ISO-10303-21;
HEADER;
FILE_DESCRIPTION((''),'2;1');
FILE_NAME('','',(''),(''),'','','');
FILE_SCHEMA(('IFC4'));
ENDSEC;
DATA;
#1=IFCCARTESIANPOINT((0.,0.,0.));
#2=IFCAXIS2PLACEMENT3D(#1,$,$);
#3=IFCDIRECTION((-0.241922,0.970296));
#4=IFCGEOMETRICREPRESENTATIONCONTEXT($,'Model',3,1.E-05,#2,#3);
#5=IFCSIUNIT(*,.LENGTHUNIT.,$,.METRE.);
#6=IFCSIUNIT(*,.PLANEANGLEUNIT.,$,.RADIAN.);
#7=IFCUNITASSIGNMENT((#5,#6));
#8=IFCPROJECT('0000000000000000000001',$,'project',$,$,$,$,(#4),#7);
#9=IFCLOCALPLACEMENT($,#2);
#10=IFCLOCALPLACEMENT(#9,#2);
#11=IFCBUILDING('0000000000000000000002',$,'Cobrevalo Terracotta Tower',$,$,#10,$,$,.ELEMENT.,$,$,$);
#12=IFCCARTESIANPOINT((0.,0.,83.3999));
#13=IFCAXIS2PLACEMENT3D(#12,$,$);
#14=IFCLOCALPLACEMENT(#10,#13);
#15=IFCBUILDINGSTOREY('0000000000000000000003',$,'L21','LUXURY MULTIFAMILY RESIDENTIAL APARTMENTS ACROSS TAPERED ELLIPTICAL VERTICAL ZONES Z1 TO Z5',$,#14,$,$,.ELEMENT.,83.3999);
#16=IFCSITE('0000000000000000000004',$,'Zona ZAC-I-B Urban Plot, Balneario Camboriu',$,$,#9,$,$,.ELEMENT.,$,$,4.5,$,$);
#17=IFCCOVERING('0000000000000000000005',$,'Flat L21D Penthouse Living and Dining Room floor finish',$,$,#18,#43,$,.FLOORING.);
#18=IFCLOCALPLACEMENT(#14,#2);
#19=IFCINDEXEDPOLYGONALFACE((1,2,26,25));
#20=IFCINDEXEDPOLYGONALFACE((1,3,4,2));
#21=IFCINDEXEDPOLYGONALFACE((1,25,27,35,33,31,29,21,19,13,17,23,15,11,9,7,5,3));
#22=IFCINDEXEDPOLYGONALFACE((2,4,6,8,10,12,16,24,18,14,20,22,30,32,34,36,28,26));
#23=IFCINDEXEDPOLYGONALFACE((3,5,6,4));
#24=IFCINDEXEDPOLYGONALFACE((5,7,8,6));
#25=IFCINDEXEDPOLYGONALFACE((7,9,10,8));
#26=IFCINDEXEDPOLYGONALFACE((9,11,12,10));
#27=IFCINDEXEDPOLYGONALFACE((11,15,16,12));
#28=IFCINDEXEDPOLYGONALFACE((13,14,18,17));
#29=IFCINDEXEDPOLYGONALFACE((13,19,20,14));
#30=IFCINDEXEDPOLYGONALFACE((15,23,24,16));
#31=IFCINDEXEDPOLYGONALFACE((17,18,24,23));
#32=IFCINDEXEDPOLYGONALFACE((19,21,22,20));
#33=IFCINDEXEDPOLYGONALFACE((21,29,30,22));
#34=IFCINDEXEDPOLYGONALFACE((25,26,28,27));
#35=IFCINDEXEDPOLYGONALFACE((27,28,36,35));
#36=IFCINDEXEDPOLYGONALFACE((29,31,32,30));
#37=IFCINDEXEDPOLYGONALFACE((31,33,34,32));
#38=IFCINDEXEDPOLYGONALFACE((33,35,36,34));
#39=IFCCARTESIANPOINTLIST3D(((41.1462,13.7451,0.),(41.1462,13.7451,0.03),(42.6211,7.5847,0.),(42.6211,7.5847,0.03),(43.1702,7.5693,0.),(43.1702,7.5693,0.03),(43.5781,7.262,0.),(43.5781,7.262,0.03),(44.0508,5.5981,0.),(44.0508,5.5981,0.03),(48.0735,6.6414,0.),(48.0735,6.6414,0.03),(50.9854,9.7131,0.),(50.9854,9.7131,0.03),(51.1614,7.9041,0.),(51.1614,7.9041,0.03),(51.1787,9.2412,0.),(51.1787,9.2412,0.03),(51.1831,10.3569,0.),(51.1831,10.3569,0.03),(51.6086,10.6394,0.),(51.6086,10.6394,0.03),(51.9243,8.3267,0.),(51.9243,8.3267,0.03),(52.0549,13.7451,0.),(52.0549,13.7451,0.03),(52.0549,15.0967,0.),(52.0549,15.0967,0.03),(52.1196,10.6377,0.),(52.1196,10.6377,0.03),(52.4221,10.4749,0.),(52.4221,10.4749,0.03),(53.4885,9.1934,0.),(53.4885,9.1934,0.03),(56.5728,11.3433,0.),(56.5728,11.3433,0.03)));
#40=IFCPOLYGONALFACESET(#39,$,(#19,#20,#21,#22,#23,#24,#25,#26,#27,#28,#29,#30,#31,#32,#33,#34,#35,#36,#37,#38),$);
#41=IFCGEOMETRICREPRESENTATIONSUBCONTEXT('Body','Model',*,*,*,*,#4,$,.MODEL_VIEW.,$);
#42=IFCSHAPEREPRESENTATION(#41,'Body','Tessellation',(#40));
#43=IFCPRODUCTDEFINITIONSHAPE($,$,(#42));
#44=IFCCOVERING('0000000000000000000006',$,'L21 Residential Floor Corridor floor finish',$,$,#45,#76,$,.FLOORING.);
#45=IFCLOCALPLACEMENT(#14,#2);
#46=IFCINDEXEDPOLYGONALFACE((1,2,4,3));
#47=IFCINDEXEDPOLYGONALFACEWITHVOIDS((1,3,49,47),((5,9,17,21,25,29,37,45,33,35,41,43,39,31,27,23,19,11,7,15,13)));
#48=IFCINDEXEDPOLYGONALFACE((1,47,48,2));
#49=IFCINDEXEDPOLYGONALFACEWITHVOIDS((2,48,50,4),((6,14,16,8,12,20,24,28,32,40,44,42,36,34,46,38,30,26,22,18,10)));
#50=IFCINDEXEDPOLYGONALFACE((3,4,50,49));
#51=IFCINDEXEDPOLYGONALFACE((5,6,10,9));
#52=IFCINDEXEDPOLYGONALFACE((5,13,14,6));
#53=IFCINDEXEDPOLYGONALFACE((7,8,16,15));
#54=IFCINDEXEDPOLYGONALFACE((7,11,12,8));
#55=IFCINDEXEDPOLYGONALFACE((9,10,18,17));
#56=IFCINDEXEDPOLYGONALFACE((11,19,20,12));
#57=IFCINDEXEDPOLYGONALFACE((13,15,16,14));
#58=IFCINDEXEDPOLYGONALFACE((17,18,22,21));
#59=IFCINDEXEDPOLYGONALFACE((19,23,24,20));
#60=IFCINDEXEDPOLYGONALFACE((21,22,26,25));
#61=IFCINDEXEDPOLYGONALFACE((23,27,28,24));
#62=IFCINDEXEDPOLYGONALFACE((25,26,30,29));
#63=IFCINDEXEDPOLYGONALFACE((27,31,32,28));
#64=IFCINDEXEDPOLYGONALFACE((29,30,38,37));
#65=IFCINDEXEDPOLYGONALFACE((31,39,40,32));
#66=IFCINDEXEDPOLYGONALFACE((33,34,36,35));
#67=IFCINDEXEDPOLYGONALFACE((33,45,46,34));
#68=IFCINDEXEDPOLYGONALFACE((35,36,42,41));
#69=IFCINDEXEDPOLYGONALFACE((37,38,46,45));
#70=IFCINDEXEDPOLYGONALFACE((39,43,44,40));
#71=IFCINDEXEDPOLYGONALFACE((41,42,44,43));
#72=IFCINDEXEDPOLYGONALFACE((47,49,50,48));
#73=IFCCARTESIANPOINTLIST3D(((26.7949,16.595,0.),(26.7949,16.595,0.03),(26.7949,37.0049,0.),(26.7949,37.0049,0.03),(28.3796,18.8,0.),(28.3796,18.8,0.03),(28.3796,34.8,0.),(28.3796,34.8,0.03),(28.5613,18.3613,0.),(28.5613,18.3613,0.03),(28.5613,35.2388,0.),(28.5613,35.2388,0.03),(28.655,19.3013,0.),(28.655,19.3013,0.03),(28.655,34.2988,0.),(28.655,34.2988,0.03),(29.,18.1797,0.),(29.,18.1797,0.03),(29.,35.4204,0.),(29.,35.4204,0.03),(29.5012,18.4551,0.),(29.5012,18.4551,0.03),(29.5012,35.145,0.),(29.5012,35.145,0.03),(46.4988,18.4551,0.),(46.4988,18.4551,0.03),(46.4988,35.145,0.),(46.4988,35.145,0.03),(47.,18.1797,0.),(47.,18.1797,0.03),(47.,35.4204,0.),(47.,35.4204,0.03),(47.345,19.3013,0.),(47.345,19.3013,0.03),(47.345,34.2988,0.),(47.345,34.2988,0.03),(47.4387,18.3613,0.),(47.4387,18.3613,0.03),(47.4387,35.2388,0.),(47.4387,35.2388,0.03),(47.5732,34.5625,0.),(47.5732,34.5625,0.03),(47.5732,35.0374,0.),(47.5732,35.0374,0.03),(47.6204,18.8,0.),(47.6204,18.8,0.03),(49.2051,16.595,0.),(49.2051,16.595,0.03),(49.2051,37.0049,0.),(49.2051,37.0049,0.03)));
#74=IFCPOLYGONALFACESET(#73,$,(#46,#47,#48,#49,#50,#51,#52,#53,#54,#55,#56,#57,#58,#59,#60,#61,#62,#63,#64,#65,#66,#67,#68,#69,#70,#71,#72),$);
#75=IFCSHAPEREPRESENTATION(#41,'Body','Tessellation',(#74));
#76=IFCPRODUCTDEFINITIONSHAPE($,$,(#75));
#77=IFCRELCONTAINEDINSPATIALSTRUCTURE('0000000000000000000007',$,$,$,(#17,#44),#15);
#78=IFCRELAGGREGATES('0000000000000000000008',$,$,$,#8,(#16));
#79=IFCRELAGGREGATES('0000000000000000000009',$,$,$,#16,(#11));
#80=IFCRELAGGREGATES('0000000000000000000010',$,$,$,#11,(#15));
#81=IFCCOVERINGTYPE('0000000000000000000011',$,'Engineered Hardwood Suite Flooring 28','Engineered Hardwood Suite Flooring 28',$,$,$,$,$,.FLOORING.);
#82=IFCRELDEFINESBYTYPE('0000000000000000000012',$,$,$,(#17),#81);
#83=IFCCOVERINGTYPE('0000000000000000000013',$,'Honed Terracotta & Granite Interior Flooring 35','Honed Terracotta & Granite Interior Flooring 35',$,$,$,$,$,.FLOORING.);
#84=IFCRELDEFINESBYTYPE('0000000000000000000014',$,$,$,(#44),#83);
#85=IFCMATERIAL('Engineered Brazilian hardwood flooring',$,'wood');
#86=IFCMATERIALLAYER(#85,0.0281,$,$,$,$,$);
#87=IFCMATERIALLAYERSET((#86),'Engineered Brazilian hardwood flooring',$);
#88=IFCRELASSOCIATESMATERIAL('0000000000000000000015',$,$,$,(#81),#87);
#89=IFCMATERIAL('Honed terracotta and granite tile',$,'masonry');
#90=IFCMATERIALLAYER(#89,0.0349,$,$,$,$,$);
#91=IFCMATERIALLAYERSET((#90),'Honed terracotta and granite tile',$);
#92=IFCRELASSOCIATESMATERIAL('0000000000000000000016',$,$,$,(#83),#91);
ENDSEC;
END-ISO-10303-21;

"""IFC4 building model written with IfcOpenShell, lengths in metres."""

from ifc_helpers import new_model, si_unit, direction, frame, origin, place, context, subcontext, project, spatial, polyline, outline, extrude, material, layer, layer_set, type_object, element, save


model = new_model("IFC4")

# Units and contexts
model_context = context("Model", 3, precision=1e-05, world=origin(), true_north=direction((-0.241922, 0.970296)))
body_context = subcontext(model_context, "Body", "Model", "MODEL_VIEW")
ifc_project = project(units=[si_unit("LENGTHUNIT", "METRE"), si_unit("PLANEANGLEUNIT", "RADIAN")], contexts=[model_context])

# Site, building, storey
site_placement = place(None, origin())
site = spatial("IfcSite", under=ifc_project, at=site_placement, Name="Zona ZAC-I-B Urban Plot, Balneario Camboriu", CompositionType="ELEMENT", RefElevation=4.5)
building_placement = place(site_placement, origin())
building = spatial("IfcBuilding", under=site, at=building_placement, Name="Cobrevalo Terracotta Tower", CompositionType="ELEMENT")
storey_placement = place(building_placement, frame((0.0, 0.0, 83.3999)))
storey = spatial("IfcBuildingStorey", under=building, at=storey_placement, Name="L21", Description="LUXURY MULTIFAMILY RESIDENTIAL APARTMENTS ACROSS TAPERED ELLIPTICAL VERTICAL ZONES Z1 TO Z5", CompositionType="ELEMENT", Elevation=83.3999)

# Coverings
ifc_material_1 = material(Name="Engineered Brazilian hardwood flooring", Category="wood")
ifc_layer_1 = layer(ifc_material_1, 0.0281)
ifc_layer_set_1 = layer_set([ifc_layer_1], Name="Engineered Brazilian hardwood flooring")
covering_type_1 = type_object("IfcCoveringType", Name="Engineered Hardwood Suite Flooring 28", Description="Engineered Hardwood Suite Flooring 28", PredefinedType="FLOORING", material=ifc_layer_set_1)
covering_1_placement = place(storey_placement, origin())
element("IfcCovering", 1, at=covering_1_placement, inside=storey, type_object=covering_type_1, Name="Flat L21D Penthouse Living and Dining Room floor finish", PredefinedType="FLOORING", context=body_context, shape_type="SweptSolid", body=[
    extrude(outline(polyline([(53.4885, 9.1934), (52.4221, 10.4749), (52.1196, 10.6377), (51.6086, 10.6394), (51.1831, 10.3569), (50.9854, 9.7131), (51.1787, 9.2412), (51.9243, 8.3267), (51.1614, 7.9041), (48.0735, 6.6414), (44.0508, 5.5981), (43.5781, 7.262), (43.1702, 7.5693), (42.6211, 7.5847), (41.1462, 13.7451), (52.0549, 13.7451), (52.0549, 15.0967), (56.5728, 11.3433), (53.4885, 9.1934)])), origin(), (0.0, 0.0, 1.0), 0.03),
])
ifc_material_2 = material(Name="Honed terracotta and granite tile", Category="masonry")
ifc_layer_2 = layer(ifc_material_2, 0.0349)
ifc_layer_set_2 = layer_set([ifc_layer_2], Name="Honed terracotta and granite tile")
covering_type_2 = type_object("IfcCoveringType", Name="Honed Terracotta & Granite Interior Flooring 35", Description="Honed Terracotta & Granite Interior Flooring 35", PredefinedType="FLOORING", material=ifc_layer_set_2)
covering_2_placement = place(storey_placement, origin())
element("IfcCovering", 2, at=covering_2_placement, inside=storey, type_object=covering_type_2, Name="L21 Residential Floor Corridor floor finish", PredefinedType="FLOORING", context=body_context, shape_type="SweptSolid", body=[
    extrude(outline(polyline([(49.2051, 37.0049), (49.2051, 16.595), (26.7949, 16.595), (26.7949, 37.0049), (49.2051, 37.0049)]), holes=[polyline([(47.345, 34.2988), (47.5732, 34.5625), (47.5732, 35.0374), (47.4387, 35.2388), (47.0, 35.4204), (46.4988, 35.145), (29.5012, 35.145), (29.0, 35.4204), (28.5613, 35.2388), (28.3796, 34.8), (28.655, 34.2988), (28.655, 19.3013), (28.3796, 18.8), (28.5613, 18.3613), (29.0, 18.1797), (29.5012, 18.4551), (46.4988, 18.4551), (47.0, 18.1797), (47.4387, 18.3613), (47.6204, 18.8), (47.345, 19.3013), (47.345, 34.2988)])]), origin(), (0.0, 0.0, 1.0), 0.03),
])

save(model, "model.ifc")
